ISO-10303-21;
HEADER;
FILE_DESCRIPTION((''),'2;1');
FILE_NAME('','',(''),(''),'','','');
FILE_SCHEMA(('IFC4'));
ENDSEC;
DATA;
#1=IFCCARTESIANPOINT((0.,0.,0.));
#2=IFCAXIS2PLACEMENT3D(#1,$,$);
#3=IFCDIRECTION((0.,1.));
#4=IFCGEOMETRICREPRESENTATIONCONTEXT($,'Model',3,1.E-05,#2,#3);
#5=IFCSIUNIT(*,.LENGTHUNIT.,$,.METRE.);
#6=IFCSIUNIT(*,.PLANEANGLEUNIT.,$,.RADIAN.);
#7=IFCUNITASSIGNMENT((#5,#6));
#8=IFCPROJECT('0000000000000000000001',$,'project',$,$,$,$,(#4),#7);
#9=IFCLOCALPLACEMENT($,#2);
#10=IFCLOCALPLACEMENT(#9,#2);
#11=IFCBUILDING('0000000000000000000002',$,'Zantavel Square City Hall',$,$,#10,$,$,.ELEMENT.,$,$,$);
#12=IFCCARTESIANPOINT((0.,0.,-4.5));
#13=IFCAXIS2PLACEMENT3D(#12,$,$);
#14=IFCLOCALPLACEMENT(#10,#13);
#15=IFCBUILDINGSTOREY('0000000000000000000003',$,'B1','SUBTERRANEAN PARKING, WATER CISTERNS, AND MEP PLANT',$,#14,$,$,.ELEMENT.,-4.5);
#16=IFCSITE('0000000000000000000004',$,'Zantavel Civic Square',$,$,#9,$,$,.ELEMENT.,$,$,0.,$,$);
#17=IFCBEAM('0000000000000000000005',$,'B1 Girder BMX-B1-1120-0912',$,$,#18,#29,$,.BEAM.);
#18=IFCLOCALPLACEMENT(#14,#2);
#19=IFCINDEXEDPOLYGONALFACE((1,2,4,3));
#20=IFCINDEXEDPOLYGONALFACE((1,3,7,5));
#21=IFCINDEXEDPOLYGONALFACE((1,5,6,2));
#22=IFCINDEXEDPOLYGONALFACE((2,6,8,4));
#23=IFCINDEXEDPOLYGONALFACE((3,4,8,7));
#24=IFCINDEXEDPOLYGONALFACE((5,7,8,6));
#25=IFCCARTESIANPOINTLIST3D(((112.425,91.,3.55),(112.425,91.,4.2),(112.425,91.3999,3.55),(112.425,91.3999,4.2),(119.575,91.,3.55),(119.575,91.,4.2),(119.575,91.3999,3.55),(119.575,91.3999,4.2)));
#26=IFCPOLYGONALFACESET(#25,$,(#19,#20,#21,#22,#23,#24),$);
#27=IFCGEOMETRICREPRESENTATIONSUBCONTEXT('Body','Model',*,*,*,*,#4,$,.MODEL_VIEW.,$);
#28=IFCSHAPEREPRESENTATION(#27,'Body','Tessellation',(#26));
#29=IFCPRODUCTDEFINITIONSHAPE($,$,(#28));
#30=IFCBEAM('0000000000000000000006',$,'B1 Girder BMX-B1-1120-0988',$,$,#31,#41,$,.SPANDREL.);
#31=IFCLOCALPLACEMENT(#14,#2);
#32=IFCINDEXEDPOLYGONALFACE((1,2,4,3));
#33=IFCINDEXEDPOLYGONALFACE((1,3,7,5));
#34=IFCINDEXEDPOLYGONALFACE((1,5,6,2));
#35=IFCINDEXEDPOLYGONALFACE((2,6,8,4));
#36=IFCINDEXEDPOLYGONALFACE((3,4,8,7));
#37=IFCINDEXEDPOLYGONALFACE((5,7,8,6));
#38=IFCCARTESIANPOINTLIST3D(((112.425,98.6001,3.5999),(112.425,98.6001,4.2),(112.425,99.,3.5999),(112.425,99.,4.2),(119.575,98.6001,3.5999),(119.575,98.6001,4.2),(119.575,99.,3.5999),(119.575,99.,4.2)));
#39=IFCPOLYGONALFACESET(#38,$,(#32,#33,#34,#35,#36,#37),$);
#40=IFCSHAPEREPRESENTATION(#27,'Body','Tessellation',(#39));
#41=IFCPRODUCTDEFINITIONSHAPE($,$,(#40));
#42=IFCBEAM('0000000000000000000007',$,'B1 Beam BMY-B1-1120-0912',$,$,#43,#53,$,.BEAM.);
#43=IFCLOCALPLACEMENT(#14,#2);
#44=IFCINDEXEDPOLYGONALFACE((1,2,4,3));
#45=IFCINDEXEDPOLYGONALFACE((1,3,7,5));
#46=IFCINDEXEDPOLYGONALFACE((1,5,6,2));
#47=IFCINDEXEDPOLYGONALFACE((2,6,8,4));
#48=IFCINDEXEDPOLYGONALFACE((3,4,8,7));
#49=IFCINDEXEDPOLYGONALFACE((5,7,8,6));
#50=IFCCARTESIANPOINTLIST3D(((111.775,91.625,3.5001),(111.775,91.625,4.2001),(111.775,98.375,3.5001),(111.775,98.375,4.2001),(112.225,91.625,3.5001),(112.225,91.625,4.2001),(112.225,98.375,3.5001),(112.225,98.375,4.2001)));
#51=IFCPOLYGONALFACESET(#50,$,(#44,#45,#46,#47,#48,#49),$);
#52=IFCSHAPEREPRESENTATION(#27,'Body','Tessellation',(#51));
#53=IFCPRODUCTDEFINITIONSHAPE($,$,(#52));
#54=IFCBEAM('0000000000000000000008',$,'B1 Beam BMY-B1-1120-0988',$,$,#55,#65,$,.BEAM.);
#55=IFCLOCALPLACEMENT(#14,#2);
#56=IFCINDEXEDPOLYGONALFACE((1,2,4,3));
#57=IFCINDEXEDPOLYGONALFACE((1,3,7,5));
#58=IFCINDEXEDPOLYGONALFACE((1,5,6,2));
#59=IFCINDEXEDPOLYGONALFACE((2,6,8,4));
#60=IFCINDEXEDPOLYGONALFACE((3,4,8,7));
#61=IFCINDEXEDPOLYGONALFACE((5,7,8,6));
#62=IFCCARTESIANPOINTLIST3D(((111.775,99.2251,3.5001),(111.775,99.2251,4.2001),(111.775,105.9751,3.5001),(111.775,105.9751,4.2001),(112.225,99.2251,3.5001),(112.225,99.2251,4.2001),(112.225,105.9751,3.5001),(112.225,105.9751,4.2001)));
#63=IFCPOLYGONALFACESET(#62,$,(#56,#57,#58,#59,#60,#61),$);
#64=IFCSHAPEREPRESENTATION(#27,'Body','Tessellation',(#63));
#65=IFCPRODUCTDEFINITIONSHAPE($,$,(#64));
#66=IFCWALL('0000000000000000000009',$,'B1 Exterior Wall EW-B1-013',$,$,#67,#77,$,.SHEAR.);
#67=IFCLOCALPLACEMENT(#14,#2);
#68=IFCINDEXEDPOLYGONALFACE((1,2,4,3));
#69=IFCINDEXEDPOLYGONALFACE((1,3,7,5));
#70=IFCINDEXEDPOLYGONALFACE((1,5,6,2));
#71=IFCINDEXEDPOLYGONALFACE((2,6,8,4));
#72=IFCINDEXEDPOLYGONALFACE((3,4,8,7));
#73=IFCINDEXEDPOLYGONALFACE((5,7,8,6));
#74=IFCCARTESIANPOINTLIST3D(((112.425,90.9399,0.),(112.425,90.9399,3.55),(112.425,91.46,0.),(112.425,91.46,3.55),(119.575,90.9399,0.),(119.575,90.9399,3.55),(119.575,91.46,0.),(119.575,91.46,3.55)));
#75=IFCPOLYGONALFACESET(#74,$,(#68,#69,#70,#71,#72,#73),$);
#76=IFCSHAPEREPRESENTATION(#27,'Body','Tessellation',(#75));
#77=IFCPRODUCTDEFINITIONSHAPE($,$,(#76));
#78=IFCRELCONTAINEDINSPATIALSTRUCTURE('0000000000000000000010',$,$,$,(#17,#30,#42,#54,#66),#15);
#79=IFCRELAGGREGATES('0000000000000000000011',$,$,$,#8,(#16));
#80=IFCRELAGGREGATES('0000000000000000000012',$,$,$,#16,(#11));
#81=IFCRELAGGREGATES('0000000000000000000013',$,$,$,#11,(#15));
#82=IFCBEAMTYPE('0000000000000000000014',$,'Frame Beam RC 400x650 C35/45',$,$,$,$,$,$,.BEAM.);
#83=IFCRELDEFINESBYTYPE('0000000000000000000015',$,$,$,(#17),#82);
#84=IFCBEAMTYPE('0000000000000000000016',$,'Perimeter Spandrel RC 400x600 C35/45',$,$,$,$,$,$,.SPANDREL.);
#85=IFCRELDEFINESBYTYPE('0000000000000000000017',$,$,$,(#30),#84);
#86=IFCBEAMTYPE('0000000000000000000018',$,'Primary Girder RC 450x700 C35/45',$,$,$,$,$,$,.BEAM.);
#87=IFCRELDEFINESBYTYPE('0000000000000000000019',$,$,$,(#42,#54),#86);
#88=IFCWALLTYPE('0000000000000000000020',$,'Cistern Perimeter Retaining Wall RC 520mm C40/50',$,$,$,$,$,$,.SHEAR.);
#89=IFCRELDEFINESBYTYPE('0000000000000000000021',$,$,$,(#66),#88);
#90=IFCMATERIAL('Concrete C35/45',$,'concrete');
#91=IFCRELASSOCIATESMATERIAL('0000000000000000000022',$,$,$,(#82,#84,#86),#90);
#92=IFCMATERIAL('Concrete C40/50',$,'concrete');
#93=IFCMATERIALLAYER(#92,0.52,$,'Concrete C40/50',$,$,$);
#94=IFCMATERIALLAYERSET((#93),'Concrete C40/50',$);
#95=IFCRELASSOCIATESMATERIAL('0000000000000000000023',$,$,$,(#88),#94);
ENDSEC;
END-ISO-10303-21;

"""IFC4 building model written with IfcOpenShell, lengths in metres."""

from ifc_helpers import new_model, si_unit, direction, frame, frame_2d, origin, origin_2d, place, context, subcontext, project, spatial, rectangle, extrude, material, layer, layer_set, material_profile, profile_set, type_object, element, save


model = new_model("IFC4")

# Units and contexts
model_context = context("Model", 3, precision=1e-05, world=origin(), true_north=direction((0.0, 1.0)))
body_context = subcontext(model_context, "Body", "Model", "MODEL_VIEW")
ifc_project = project(units=[si_unit("LENGTHUNIT", "METRE"), si_unit("PLANEANGLEUNIT", "RADIAN")], contexts=[model_context])

# Site, building, storey
site_placement = place(None, origin())
site = spatial("IfcSite", under=ifc_project, at=site_placement, Name="Zantavel Civic Square", CompositionType="ELEMENT", RefElevation=0.0)
building_placement = place(site_placement, origin())
building = spatial("IfcBuilding", under=site, at=building_placement, Name="Zantavel Square City Hall", CompositionType="ELEMENT")
storey_placement = place(building_placement, frame((0.0, 0.0, -4.5)))
storey = spatial("IfcBuildingStorey", under=building, at=storey_placement, Name="B1", Description="SUBTERRANEAN PARKING, WATER CISTERNS, AND MEP PLANT", CompositionType="ELEMENT", Elevation=-4.5)

# Shared definitions
ifc_material_1 = material(Name="Concrete C35/45", Category="concrete")

# Shared definitions
ifc_material_2 = material(Name="Concrete C40/50", Category="concrete")

# Beams
ifc_material_profile_1 = material_profile(ifc_material_1, rectangle(XDim=0.3999, YDim=0.6499, at=origin_2d()), Name="RC 400x650")
ifc_profile_set_1 = profile_set([ifc_material_profile_1], Name="Concrete C35/45")
beam_type_1 = type_object("IfcBeamType", Name="Frame Beam RC 400x650 C35/45", PredefinedType="BEAM", material=ifc_profile_set_1)
beam_1_placement = place(storey_placement, frame((112.425, 91.2, 3.875), z_axis=(1.0, 0.0, 0.0), x_axis=(0.0, 1.0, 0.0)))
element("IfcBeam", 1, at=beam_1_placement, inside=storey, type_object=beam_type_1, Name="B1 Girder BMX-B1-1120-0912", PredefinedType="BEAM", context=body_context, shape_type="SweptSolid", body=[
    extrude(rectangle(XDim=0.3999, YDim=0.6499, at=origin_2d()), origin(), (0.0, 0.0, 1.0), 7.1499),
])
ifc_material_profile_2 = material_profile(ifc_material_1, rectangle(XDim=0.3999, YDim=0.6001, at=origin_2d()), Name="RC 400x600")
ifc_profile_set_2 = profile_set([ifc_material_profile_2], Name="Concrete C35/45")
beam_type_2 = type_object("IfcBeamType", Name="Perimeter Spandrel RC 400x600 C35/45", PredefinedType="SPANDREL", material=ifc_profile_set_2)
beam_2_placement = place(storey_placement, frame((112.425, 98.8, 3.8999), z_axis=(1.0, 0.0, 0.0), x_axis=(0.0, 1.0, 0.0)))
element("IfcBeam", 2, at=beam_2_placement, inside=storey, type_object=beam_type_2, Name="B1 Girder BMX-B1-1120-0988", PredefinedType="SPANDREL", context=body_context, shape_type="SweptSolid", body=[
    extrude(rectangle(XDim=0.3999, YDim=0.6001, at=origin_2d()), origin(), (0.0, 0.0, 1.0), 7.1499),
])
ifc_material_profile_3 = material_profile(ifc_material_1, rectangle(XDim=0.45, YDim=0.7, at=origin_2d()), Name="RC 450x700")
ifc_profile_set_3 = profile_set([ifc_material_profile_3], Name="Concrete C35/45")
beam_type_3 = type_object("IfcBeamType", Name="Primary Girder RC 450x700 C35/45", PredefinedType="BEAM", material=ifc_profile_set_3)
for number, where, z_axis, x_axis, name in (
    (3, (112.0, 91.625, 3.8501), (0.0, 1.0, 0.0), (-1.0, 0.0, 0.0), "B1 Beam BMY-B1-1120-0912"),
    (4, (112.0, 99.2251, 3.8501), (0.0, 1.0, 0.0), (-1.0, 0.0, 0.0), "B1 Beam BMY-B1-1120-0988"),
):
    element("IfcBeam", number, at=place(storey_placement, frame(where, z_axis=z_axis, x_axis=x_axis)), inside=storey, type_object=beam_type_3, Name=name, PredefinedType="BEAM", context=body_context, shape_type="SweptSolid", body=[
        extrude(rectangle(XDim=0.45, YDim=0.7, at=origin_2d()), origin(), (0.0, 0.0, 1.0), 6.75),
    ])

# Wall
ifc_layer_1 = layer(ifc_material_2, 0.52, Name="Concrete C40/50")
ifc_layer_set_1 = layer_set([ifc_layer_1], Name="Concrete C40/50")
wall_type = type_object("IfcWallType", Name="Cistern Perimeter Retaining Wall RC 520mm C40/50", PredefinedType="SHEAR", material=ifc_layer_set_1)
wall_placement = place(storey_placement, frame((112.425, 91.2, 0.0), z_axis=(0.0, 0.0, 1.0), x_axis=(1.0, 0.0, 0.0)))
element("IfcWall", 5, at=wall_placement, inside=storey, type_object=wall_type, Name="B1 Exterior Wall EW-B1-013", PredefinedType="SHEAR", context=body_context, shape_type="SweptSolid", body=[
    extrude(rectangle(XDim=7.1499, YDim=0.52, at=frame_2d((3.575, 0.0))), origin(), (0.0, 0.0, 1.0), 3.55),
])

save(model, "model.ifc")
